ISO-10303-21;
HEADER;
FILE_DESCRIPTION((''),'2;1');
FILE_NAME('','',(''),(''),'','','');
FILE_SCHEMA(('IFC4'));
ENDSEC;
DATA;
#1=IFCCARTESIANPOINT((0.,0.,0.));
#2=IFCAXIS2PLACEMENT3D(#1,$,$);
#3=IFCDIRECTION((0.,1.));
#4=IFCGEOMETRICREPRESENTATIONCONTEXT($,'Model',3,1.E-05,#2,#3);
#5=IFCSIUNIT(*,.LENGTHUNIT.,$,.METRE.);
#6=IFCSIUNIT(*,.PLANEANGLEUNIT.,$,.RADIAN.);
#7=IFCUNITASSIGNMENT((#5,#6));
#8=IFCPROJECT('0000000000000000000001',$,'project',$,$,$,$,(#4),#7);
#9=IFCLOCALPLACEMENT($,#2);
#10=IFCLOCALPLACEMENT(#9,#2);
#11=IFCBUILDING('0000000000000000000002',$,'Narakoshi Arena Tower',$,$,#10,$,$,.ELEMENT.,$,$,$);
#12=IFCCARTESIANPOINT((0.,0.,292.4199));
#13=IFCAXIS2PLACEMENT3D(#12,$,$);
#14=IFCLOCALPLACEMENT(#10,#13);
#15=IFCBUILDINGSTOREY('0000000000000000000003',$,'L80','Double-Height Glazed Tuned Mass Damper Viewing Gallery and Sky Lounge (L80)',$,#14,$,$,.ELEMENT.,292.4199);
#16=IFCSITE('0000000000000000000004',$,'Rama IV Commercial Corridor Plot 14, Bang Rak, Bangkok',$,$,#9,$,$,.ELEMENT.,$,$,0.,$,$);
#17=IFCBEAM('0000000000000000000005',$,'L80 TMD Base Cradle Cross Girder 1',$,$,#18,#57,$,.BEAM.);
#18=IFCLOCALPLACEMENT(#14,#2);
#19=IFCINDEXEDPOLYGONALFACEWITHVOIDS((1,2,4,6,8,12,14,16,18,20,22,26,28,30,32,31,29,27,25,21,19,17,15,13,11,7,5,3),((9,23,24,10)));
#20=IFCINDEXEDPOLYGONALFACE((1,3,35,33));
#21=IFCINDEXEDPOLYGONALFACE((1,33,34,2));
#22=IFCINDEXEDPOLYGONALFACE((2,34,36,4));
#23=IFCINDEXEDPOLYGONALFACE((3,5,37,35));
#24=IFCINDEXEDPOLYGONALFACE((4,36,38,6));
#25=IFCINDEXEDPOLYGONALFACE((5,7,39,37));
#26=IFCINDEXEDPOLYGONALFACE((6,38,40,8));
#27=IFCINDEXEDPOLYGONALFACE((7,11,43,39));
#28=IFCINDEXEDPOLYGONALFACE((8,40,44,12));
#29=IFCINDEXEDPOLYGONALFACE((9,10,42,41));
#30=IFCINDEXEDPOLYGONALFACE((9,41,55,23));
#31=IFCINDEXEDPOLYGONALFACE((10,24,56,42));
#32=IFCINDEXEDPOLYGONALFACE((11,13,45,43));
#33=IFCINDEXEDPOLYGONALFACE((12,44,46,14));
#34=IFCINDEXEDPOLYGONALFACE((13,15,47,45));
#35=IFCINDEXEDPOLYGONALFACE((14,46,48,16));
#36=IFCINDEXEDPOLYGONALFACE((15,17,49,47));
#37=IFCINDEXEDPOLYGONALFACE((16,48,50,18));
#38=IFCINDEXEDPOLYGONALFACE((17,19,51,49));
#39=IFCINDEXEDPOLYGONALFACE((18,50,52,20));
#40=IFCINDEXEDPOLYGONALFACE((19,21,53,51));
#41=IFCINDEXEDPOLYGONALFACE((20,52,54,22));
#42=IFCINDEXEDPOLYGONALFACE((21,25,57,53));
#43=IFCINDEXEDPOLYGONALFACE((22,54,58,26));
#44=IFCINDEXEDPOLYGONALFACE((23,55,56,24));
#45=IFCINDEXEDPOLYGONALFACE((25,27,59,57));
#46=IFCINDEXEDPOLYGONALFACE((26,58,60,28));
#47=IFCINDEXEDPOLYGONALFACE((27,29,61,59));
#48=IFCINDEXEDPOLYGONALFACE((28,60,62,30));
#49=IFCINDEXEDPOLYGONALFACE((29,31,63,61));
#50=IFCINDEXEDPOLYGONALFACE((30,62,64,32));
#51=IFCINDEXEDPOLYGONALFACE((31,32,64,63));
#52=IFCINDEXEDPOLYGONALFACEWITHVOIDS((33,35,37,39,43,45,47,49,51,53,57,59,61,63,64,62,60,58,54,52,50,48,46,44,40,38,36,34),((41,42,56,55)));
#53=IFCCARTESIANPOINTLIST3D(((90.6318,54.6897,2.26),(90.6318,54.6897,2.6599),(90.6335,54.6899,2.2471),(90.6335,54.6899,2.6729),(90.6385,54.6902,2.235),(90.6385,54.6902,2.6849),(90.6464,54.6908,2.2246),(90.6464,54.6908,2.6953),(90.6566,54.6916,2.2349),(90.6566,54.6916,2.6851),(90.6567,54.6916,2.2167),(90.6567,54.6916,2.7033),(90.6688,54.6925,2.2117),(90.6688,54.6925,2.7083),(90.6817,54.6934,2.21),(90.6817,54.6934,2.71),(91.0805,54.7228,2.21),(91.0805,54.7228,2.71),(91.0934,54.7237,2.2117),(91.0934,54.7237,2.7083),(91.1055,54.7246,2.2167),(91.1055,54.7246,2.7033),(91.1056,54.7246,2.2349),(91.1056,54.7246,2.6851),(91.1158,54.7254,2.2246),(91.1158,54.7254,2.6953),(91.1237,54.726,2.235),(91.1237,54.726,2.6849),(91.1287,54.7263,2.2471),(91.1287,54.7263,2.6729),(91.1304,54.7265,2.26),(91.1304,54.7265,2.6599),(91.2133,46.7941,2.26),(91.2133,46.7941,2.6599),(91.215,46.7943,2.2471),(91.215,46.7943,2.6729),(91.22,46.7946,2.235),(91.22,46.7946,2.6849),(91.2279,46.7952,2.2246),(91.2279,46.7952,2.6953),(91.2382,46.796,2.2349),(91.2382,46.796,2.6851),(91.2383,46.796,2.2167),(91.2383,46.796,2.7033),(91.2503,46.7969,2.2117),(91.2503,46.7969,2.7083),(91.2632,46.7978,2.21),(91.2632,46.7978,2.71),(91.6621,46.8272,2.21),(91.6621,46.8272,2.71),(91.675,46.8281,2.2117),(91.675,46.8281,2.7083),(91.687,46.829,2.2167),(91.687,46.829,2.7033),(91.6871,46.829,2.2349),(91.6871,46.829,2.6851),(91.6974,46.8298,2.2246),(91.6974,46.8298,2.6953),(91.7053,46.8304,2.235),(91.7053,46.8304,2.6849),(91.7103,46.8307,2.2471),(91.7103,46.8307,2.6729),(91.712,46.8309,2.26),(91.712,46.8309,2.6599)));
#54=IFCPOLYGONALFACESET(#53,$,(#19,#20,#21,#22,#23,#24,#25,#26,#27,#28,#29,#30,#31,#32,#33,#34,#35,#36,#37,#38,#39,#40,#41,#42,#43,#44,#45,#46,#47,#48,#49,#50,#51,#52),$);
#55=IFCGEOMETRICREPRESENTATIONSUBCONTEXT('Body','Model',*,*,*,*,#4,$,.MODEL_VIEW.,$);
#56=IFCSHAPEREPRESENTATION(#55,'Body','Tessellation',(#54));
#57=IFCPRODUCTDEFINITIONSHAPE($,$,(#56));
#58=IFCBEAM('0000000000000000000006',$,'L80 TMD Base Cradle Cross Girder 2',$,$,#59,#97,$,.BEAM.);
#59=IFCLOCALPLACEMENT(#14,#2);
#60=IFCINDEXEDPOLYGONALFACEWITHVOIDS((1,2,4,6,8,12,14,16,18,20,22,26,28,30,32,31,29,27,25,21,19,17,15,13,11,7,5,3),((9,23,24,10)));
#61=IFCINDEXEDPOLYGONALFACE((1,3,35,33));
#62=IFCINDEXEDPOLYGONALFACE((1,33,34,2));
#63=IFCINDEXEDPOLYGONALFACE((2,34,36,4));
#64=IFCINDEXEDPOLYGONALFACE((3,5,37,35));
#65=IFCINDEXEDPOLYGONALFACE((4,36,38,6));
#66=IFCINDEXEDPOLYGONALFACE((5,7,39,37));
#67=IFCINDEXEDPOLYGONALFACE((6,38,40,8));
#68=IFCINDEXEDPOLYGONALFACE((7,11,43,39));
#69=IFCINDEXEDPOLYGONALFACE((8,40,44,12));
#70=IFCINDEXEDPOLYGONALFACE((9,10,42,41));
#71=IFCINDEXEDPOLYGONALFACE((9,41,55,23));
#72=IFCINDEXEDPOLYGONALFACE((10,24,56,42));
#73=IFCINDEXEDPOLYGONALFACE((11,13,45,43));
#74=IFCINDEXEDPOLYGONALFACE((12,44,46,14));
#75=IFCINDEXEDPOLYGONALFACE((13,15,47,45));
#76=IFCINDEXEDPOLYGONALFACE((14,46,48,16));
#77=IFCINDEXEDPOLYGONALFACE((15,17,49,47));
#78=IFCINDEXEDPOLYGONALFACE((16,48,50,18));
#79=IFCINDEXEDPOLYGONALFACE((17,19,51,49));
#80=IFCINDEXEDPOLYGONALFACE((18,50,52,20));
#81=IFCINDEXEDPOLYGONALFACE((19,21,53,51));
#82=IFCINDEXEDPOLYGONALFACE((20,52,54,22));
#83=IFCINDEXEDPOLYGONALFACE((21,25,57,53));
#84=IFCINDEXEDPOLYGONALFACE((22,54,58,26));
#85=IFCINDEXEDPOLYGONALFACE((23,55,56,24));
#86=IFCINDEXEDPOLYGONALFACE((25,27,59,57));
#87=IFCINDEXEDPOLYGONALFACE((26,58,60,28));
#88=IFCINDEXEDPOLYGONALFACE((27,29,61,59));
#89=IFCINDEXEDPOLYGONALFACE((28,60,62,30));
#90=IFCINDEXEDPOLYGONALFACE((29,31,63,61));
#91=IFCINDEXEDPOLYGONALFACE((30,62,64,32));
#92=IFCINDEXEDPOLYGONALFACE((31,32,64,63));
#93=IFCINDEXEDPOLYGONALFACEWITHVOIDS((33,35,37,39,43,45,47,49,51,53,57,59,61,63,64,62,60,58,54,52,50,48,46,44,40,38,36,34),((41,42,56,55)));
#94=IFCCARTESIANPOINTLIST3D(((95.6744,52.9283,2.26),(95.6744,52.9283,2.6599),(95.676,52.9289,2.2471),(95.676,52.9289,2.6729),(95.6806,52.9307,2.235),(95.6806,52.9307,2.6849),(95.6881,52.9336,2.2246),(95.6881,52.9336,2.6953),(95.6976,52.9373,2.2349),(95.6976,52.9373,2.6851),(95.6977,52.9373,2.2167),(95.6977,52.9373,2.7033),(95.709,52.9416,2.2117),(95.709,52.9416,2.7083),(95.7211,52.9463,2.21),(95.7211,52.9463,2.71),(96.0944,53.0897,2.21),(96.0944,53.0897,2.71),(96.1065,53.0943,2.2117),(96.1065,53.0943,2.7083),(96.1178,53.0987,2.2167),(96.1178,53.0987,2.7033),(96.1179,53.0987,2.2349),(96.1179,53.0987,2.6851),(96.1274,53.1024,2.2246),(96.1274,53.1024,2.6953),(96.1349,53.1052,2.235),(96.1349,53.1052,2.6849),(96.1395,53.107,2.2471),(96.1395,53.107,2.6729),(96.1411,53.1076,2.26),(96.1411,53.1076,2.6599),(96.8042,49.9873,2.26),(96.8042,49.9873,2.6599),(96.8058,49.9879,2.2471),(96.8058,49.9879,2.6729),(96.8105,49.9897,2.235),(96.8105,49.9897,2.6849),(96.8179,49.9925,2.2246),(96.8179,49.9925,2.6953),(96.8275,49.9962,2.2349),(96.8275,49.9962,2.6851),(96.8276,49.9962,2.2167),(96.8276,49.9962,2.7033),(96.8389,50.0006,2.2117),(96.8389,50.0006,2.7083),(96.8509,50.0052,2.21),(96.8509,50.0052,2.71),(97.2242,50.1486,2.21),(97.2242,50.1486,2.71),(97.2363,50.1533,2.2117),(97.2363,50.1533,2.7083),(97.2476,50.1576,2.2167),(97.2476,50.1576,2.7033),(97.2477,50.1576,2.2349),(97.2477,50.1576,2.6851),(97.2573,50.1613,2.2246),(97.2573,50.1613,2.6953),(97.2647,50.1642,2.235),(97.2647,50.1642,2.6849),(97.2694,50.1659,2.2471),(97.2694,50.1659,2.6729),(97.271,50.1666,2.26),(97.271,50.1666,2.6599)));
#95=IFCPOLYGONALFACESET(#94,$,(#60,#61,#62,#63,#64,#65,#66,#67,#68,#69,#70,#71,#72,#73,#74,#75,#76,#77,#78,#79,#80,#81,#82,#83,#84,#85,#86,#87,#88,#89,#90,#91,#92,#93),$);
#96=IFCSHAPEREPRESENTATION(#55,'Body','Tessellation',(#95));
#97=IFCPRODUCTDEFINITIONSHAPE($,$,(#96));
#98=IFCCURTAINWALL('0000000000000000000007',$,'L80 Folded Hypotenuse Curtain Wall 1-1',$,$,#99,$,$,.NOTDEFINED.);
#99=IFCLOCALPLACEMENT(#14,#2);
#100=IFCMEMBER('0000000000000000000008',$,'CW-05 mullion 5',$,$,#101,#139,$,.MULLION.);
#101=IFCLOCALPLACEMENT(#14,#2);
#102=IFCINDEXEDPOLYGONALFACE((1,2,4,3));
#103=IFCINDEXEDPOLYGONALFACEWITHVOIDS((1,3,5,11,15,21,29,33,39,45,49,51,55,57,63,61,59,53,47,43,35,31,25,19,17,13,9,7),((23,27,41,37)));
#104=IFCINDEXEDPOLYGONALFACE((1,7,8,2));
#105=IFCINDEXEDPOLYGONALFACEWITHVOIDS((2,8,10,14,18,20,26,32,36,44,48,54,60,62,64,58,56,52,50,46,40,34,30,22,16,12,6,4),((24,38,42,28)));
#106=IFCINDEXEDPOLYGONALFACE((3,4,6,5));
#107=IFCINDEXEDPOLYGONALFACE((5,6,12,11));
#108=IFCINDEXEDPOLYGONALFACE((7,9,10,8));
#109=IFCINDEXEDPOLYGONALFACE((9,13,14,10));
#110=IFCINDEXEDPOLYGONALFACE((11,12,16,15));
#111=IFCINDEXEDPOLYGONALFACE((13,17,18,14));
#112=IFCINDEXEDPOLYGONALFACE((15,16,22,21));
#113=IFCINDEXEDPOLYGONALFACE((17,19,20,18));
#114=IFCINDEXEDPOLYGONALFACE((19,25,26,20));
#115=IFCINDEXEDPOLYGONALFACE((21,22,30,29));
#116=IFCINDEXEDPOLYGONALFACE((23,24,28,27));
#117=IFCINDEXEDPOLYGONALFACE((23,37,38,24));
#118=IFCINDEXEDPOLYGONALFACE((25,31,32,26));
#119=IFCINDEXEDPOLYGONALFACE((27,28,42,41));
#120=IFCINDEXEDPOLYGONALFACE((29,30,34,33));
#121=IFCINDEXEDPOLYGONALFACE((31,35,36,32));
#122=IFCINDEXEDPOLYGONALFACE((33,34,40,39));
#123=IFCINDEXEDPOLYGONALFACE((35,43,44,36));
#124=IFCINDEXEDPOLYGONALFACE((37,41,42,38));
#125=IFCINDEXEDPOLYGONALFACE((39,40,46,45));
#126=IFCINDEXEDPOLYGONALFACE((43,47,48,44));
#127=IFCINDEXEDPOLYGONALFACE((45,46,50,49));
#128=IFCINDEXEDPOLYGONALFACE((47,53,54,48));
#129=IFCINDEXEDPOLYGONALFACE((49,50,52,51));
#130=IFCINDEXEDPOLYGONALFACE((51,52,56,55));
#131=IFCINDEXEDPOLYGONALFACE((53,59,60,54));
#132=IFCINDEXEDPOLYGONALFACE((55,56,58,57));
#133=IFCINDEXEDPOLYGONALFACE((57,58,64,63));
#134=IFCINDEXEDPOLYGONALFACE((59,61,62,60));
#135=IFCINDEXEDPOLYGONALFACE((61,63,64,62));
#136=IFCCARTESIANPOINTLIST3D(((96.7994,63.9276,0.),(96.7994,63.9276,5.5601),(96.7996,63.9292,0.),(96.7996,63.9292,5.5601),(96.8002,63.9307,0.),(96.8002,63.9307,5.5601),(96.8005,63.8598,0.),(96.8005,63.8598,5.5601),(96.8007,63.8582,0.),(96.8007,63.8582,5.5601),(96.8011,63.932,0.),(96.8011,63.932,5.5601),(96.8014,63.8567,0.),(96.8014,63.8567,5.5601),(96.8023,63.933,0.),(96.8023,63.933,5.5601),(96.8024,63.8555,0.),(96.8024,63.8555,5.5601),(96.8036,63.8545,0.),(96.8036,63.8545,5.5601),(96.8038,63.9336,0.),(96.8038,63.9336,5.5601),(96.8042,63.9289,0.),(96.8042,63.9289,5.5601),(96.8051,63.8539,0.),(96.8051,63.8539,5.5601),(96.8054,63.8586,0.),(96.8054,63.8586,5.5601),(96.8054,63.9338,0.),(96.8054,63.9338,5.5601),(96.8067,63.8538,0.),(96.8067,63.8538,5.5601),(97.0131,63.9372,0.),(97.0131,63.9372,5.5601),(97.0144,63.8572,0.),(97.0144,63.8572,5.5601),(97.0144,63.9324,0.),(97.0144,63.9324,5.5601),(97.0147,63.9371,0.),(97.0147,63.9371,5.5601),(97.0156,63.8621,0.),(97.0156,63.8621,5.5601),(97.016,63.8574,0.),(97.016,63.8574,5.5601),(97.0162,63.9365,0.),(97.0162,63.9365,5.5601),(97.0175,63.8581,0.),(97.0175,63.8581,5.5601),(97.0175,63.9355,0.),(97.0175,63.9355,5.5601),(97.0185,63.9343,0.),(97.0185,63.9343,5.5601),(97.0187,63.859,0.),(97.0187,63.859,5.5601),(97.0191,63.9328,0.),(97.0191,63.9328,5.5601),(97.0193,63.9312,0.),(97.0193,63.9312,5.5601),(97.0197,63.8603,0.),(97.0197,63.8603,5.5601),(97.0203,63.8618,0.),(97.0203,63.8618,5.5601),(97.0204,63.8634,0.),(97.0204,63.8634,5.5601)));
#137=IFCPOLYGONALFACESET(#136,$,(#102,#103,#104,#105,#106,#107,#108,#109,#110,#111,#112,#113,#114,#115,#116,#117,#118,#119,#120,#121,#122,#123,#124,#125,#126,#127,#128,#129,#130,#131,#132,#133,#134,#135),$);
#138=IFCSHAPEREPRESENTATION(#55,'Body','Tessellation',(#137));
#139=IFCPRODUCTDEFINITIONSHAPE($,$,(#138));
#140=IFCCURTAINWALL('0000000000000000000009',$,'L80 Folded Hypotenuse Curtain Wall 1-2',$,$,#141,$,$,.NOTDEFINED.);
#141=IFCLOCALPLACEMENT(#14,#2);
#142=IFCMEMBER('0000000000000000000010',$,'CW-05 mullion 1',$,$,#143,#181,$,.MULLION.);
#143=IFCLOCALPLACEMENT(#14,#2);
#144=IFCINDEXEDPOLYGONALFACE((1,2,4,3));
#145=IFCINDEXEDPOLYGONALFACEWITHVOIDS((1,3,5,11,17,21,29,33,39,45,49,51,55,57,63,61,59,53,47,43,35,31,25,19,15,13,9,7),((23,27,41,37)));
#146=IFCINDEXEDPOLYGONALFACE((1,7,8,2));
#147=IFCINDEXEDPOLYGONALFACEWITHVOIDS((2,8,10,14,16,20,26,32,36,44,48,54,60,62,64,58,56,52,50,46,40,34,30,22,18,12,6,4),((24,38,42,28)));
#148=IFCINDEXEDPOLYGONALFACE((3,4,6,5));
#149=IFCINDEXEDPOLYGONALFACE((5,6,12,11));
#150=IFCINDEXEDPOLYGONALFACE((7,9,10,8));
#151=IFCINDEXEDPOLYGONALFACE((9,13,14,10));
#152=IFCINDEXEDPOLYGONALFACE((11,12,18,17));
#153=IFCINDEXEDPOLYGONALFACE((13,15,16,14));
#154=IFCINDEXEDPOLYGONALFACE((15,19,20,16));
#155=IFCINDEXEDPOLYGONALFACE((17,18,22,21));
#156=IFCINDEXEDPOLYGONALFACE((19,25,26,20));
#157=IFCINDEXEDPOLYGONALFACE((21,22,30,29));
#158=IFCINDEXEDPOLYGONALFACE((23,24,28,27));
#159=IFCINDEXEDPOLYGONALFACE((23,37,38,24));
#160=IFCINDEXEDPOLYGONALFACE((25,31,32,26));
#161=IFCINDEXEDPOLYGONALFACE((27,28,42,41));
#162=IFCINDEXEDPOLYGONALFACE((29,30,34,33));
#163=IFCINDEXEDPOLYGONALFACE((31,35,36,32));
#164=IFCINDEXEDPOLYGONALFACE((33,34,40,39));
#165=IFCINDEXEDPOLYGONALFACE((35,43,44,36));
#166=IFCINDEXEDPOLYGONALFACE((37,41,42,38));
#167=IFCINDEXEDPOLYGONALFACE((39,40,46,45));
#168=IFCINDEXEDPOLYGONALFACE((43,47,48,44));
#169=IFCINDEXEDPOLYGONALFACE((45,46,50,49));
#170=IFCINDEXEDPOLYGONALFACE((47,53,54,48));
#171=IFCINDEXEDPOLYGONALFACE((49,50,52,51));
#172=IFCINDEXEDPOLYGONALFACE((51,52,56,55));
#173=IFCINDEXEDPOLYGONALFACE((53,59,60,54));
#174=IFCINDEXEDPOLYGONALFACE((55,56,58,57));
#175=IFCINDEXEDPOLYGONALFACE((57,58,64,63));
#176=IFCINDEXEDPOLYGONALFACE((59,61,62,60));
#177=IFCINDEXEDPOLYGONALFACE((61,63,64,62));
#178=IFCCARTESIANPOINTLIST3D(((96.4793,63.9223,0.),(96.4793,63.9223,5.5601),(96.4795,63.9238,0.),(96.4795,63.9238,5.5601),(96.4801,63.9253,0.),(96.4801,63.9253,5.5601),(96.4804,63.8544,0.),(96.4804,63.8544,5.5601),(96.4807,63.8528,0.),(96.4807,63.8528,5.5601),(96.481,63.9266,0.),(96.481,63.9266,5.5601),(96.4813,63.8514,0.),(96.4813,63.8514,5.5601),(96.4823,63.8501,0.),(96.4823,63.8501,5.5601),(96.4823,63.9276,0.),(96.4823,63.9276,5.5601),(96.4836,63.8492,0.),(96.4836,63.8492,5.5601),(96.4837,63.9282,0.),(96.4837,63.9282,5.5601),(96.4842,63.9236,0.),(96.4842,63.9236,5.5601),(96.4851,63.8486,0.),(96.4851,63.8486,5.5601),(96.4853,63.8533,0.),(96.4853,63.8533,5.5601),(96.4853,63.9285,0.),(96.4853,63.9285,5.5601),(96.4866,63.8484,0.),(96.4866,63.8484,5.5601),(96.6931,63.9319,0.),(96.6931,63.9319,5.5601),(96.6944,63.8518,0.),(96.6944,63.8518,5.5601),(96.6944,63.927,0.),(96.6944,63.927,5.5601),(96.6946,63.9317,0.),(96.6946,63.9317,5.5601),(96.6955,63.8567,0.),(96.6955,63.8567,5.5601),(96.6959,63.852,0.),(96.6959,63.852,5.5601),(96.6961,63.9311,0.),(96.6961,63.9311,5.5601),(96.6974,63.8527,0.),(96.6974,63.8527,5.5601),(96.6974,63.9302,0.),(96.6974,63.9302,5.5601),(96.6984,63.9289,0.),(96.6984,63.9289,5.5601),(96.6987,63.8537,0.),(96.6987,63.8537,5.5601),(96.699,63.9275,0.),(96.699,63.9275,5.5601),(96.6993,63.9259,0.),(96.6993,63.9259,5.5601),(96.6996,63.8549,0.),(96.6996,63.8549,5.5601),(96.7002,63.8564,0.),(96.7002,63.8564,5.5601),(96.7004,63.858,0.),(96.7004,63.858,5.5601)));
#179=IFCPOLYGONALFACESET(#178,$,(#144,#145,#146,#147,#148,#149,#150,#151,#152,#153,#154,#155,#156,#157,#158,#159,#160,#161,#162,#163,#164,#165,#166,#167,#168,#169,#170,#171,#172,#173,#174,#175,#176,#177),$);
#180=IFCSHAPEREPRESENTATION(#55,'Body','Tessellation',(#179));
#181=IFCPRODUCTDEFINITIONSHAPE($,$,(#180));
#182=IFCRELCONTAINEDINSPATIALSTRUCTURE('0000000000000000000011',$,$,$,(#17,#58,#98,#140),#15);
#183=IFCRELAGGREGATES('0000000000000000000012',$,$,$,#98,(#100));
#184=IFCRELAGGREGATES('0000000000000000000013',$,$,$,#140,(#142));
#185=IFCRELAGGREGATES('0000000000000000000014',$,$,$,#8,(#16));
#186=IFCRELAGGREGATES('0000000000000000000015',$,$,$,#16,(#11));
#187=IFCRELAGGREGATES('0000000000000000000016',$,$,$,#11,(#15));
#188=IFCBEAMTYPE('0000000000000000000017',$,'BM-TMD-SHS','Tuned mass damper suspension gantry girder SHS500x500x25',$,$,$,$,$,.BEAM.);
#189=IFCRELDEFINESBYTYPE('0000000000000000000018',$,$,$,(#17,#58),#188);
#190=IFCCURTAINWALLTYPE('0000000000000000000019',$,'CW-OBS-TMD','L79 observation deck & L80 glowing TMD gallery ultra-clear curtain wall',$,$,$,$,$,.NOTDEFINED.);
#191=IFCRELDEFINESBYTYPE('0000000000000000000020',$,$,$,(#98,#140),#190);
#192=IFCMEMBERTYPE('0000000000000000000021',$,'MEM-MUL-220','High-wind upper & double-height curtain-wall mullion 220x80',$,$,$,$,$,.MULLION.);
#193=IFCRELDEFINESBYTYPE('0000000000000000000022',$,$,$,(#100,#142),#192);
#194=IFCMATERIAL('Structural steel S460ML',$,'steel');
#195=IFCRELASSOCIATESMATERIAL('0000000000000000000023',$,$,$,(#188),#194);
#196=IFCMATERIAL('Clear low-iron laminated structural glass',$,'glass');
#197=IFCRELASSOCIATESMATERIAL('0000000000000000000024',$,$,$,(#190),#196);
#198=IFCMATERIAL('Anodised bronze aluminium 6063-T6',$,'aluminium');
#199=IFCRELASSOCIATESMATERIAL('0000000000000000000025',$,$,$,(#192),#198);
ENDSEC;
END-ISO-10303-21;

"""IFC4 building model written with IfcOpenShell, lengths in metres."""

from ifc_helpers import new_model, si_unit, direction, frame, origin, origin_2d, place, context, subcontext, project, spatial, hollow_rectangle, extrude, material, material_profile, profile_set, type_object, element, aggregate, save


model = new_model("IFC4")

# Units and contexts
model_context = context("Model", 3, precision=1e-05, world=origin(), true_north=direction((0.0, 1.0)))
body_context = subcontext(model_context, "Body", "Model", "MODEL_VIEW")
ifc_project = project(units=[si_unit("LENGTHUNIT", "METRE"), si_unit("PLANEANGLEUNIT", "RADIAN")], contexts=[model_context])

# Site, building, storey
site_placement = place(None, origin())
site = spatial("IfcSite", under=ifc_project, at=site_placement, Name="Rama IV Commercial Corridor Plot 14, Bang Rak, Bangkok", CompositionType="ELEMENT", RefElevation=0.0)
building_placement = place(site_placement, origin())
building = spatial("IfcBuilding", under=site, at=building_placement, Name="Narakoshi Arena Tower", CompositionType="ELEMENT")
storey_placement = place(building_placement, frame((0.0, 0.0, 292.4199)))
storey = spatial("IfcBuildingStorey", under=building, at=storey_placement, Name="L80", Description="Double-Height Glazed Tuned Mass Damper Viewing Gallery and Sky Lounge (L80)", CompositionType="ELEMENT", Elevation=292.4199)

# Beams
ifc_material_1 = material(Name="Structural steel S460ML", Category="steel")
ifc_material_profile_1 = material_profile(ifc_material_1, hollow_rectangle(XDim=0.5, YDim=0.5, WallThickness=0.0249, OuterFilletRadius=0.05, at=origin_2d()), Name="SHS500x500x25")
ifc_profile_set_1 = profile_set([ifc_material_profile_1], Name="Structural steel S460ML")
beam_type_1 = type_object("IfcBeamType", Name="BM-TMD-SHS", Description="Tuned mass damper suspension gantry girder SHS500x500x25", PredefinedType="BEAM", material=ifc_profile_set_1)
beam_1_placement = place(storey_placement, frame((91.4626, 46.8125, 2.46), z_axis=(-0.073456, 0.997298, 0.0), x_axis=(-0.997298, -0.073456, 0.0)))
element("IfcBeam", 1, at=beam_1_placement, inside=storey, type_object=beam_type_1, Name="L80 TMD Base Cradle Cross Girder 1", PredefinedType="BEAM", context=body_context, shape_type="SweptSolid", body=[
    extrude(hollow_rectangle(XDim=0.5, YDim=0.5, WallThickness=0.0249, OuterFilletRadius=0.05, at=origin_2d()), origin(), (0.0, 0.0, 1.0), 7.917),
])
beam_2_placement = place(storey_placement, frame((97.0376, 50.0769, 2.46), z_axis=(-0.35861, 0.933487, 0.0), x_axis=(-0.933487, -0.35861, 0.0)))
element("IfcBeam", 2, at=beam_2_placement, inside=storey, type_object=beam_type_1, Name="L80 TMD Base Cradle Cross Girder 2", PredefinedType="BEAM", context=body_context, shape_type="SweptSolid", body=[
    extrude(hollow_rectangle(XDim=0.5, YDim=0.5, WallThickness=0.0249, OuterFilletRadius=0.05, at=origin_2d()), origin(), (0.0, 0.0, 1.0), 3.1506),
])

# Curtain wall, member
ifc_material_2 = material(Name="Clear low-iron laminated structural glass", Category="glass")
curtain_wall_type = type_object("IfcCurtainWallType", Name="CW-OBS-TMD", Description="L79 observation deck & L80 glowing TMD gallery ultra-clear curtain wall", PredefinedType="NOTDEFINED", material=ifc_material_2)
curtain_wall_1_placement = place(storey_placement, origin())
curtain_wall_1 = element("IfcCurtainWall", 3, at=curtain_wall_1_placement, inside=storey, type_object=curtain_wall_type, Name="L80 Folded Hypotenuse Curtain Wall 1-1", PredefinedType="NOTDEFINED")
ifc_material_3 = material(Name="Anodised bronze aluminium 6063-T6", Category="aluminium")
ifc_material_profile_2 = material_profile(ifc_material_3, hollow_rectangle(XDim=0.0801, YDim=0.22, WallThickness=0.0049, OuterFilletRadius=0.0061, at=origin_2d()), Name="MUL220x80x5")
ifc_profile_set_2 = profile_set([ifc_material_profile_2], Name="Anodised bronze aluminium 6063-T6")
member_type_1 = type_object("IfcMemberType", Name="MEM-MUL-220", Description="High-wind upper & double-height curtain-wall mullion 220x80", PredefinedType="MULLION", material=ifc_profile_set_2)
member_1_placement = place(storey_placement, frame((96.9099, 63.8955, 0.0), z_axis=(0.0, 0.0, 1.0), x_axis=(0.016445, -0.999865, 0.0)))
member_1 = element("IfcMember", 4, at=member_1_placement, type_object=member_type_1, Name="CW-05 mullion 5", PredefinedType="MULLION", context=body_context, shape_type="SweptSolid", body=[
    extrude(hollow_rectangle(XDim=0.0801, YDim=0.22, WallThickness=0.0049, OuterFilletRadius=0.0061, at=origin_2d()), origin(), (0.0, 0.0, 1.0), 5.5601),
])
aggregate(curtain_wall_1, [member_1])

# Curtain wall, member
curtain_wall_2_placement = place(storey_placement, origin())
curtain_wall_2 = element("IfcCurtainWall", 5, at=curtain_wall_2_placement, inside=storey, type_object=curtain_wall_type, Name="L80 Folded Hypotenuse Curtain Wall 1-2", PredefinedType="NOTDEFINED")
member_2_placement = place(storey_placement, frame((96.5898, 63.8901, 0.0), z_axis=(0.0, 0.0, 1.0), x_axis=(0.016437, -0.999865, 0.0)))
member_2 = element("IfcMember", 6, at=member_2_placement, type_object=member_type_1, Name="CW-05 mullion 1", PredefinedType="MULLION", context=body_context, shape_type="SweptSolid", body=[
    extrude(hollow_rectangle(XDim=0.0801, YDim=0.22, WallThickness=0.0049, OuterFilletRadius=0.0061, at=origin_2d()), origin(), (0.0, 0.0, 1.0), 5.5601),
])

aggregate(curtain_wall_2, [member_2])

save(model, "model.ifc")
